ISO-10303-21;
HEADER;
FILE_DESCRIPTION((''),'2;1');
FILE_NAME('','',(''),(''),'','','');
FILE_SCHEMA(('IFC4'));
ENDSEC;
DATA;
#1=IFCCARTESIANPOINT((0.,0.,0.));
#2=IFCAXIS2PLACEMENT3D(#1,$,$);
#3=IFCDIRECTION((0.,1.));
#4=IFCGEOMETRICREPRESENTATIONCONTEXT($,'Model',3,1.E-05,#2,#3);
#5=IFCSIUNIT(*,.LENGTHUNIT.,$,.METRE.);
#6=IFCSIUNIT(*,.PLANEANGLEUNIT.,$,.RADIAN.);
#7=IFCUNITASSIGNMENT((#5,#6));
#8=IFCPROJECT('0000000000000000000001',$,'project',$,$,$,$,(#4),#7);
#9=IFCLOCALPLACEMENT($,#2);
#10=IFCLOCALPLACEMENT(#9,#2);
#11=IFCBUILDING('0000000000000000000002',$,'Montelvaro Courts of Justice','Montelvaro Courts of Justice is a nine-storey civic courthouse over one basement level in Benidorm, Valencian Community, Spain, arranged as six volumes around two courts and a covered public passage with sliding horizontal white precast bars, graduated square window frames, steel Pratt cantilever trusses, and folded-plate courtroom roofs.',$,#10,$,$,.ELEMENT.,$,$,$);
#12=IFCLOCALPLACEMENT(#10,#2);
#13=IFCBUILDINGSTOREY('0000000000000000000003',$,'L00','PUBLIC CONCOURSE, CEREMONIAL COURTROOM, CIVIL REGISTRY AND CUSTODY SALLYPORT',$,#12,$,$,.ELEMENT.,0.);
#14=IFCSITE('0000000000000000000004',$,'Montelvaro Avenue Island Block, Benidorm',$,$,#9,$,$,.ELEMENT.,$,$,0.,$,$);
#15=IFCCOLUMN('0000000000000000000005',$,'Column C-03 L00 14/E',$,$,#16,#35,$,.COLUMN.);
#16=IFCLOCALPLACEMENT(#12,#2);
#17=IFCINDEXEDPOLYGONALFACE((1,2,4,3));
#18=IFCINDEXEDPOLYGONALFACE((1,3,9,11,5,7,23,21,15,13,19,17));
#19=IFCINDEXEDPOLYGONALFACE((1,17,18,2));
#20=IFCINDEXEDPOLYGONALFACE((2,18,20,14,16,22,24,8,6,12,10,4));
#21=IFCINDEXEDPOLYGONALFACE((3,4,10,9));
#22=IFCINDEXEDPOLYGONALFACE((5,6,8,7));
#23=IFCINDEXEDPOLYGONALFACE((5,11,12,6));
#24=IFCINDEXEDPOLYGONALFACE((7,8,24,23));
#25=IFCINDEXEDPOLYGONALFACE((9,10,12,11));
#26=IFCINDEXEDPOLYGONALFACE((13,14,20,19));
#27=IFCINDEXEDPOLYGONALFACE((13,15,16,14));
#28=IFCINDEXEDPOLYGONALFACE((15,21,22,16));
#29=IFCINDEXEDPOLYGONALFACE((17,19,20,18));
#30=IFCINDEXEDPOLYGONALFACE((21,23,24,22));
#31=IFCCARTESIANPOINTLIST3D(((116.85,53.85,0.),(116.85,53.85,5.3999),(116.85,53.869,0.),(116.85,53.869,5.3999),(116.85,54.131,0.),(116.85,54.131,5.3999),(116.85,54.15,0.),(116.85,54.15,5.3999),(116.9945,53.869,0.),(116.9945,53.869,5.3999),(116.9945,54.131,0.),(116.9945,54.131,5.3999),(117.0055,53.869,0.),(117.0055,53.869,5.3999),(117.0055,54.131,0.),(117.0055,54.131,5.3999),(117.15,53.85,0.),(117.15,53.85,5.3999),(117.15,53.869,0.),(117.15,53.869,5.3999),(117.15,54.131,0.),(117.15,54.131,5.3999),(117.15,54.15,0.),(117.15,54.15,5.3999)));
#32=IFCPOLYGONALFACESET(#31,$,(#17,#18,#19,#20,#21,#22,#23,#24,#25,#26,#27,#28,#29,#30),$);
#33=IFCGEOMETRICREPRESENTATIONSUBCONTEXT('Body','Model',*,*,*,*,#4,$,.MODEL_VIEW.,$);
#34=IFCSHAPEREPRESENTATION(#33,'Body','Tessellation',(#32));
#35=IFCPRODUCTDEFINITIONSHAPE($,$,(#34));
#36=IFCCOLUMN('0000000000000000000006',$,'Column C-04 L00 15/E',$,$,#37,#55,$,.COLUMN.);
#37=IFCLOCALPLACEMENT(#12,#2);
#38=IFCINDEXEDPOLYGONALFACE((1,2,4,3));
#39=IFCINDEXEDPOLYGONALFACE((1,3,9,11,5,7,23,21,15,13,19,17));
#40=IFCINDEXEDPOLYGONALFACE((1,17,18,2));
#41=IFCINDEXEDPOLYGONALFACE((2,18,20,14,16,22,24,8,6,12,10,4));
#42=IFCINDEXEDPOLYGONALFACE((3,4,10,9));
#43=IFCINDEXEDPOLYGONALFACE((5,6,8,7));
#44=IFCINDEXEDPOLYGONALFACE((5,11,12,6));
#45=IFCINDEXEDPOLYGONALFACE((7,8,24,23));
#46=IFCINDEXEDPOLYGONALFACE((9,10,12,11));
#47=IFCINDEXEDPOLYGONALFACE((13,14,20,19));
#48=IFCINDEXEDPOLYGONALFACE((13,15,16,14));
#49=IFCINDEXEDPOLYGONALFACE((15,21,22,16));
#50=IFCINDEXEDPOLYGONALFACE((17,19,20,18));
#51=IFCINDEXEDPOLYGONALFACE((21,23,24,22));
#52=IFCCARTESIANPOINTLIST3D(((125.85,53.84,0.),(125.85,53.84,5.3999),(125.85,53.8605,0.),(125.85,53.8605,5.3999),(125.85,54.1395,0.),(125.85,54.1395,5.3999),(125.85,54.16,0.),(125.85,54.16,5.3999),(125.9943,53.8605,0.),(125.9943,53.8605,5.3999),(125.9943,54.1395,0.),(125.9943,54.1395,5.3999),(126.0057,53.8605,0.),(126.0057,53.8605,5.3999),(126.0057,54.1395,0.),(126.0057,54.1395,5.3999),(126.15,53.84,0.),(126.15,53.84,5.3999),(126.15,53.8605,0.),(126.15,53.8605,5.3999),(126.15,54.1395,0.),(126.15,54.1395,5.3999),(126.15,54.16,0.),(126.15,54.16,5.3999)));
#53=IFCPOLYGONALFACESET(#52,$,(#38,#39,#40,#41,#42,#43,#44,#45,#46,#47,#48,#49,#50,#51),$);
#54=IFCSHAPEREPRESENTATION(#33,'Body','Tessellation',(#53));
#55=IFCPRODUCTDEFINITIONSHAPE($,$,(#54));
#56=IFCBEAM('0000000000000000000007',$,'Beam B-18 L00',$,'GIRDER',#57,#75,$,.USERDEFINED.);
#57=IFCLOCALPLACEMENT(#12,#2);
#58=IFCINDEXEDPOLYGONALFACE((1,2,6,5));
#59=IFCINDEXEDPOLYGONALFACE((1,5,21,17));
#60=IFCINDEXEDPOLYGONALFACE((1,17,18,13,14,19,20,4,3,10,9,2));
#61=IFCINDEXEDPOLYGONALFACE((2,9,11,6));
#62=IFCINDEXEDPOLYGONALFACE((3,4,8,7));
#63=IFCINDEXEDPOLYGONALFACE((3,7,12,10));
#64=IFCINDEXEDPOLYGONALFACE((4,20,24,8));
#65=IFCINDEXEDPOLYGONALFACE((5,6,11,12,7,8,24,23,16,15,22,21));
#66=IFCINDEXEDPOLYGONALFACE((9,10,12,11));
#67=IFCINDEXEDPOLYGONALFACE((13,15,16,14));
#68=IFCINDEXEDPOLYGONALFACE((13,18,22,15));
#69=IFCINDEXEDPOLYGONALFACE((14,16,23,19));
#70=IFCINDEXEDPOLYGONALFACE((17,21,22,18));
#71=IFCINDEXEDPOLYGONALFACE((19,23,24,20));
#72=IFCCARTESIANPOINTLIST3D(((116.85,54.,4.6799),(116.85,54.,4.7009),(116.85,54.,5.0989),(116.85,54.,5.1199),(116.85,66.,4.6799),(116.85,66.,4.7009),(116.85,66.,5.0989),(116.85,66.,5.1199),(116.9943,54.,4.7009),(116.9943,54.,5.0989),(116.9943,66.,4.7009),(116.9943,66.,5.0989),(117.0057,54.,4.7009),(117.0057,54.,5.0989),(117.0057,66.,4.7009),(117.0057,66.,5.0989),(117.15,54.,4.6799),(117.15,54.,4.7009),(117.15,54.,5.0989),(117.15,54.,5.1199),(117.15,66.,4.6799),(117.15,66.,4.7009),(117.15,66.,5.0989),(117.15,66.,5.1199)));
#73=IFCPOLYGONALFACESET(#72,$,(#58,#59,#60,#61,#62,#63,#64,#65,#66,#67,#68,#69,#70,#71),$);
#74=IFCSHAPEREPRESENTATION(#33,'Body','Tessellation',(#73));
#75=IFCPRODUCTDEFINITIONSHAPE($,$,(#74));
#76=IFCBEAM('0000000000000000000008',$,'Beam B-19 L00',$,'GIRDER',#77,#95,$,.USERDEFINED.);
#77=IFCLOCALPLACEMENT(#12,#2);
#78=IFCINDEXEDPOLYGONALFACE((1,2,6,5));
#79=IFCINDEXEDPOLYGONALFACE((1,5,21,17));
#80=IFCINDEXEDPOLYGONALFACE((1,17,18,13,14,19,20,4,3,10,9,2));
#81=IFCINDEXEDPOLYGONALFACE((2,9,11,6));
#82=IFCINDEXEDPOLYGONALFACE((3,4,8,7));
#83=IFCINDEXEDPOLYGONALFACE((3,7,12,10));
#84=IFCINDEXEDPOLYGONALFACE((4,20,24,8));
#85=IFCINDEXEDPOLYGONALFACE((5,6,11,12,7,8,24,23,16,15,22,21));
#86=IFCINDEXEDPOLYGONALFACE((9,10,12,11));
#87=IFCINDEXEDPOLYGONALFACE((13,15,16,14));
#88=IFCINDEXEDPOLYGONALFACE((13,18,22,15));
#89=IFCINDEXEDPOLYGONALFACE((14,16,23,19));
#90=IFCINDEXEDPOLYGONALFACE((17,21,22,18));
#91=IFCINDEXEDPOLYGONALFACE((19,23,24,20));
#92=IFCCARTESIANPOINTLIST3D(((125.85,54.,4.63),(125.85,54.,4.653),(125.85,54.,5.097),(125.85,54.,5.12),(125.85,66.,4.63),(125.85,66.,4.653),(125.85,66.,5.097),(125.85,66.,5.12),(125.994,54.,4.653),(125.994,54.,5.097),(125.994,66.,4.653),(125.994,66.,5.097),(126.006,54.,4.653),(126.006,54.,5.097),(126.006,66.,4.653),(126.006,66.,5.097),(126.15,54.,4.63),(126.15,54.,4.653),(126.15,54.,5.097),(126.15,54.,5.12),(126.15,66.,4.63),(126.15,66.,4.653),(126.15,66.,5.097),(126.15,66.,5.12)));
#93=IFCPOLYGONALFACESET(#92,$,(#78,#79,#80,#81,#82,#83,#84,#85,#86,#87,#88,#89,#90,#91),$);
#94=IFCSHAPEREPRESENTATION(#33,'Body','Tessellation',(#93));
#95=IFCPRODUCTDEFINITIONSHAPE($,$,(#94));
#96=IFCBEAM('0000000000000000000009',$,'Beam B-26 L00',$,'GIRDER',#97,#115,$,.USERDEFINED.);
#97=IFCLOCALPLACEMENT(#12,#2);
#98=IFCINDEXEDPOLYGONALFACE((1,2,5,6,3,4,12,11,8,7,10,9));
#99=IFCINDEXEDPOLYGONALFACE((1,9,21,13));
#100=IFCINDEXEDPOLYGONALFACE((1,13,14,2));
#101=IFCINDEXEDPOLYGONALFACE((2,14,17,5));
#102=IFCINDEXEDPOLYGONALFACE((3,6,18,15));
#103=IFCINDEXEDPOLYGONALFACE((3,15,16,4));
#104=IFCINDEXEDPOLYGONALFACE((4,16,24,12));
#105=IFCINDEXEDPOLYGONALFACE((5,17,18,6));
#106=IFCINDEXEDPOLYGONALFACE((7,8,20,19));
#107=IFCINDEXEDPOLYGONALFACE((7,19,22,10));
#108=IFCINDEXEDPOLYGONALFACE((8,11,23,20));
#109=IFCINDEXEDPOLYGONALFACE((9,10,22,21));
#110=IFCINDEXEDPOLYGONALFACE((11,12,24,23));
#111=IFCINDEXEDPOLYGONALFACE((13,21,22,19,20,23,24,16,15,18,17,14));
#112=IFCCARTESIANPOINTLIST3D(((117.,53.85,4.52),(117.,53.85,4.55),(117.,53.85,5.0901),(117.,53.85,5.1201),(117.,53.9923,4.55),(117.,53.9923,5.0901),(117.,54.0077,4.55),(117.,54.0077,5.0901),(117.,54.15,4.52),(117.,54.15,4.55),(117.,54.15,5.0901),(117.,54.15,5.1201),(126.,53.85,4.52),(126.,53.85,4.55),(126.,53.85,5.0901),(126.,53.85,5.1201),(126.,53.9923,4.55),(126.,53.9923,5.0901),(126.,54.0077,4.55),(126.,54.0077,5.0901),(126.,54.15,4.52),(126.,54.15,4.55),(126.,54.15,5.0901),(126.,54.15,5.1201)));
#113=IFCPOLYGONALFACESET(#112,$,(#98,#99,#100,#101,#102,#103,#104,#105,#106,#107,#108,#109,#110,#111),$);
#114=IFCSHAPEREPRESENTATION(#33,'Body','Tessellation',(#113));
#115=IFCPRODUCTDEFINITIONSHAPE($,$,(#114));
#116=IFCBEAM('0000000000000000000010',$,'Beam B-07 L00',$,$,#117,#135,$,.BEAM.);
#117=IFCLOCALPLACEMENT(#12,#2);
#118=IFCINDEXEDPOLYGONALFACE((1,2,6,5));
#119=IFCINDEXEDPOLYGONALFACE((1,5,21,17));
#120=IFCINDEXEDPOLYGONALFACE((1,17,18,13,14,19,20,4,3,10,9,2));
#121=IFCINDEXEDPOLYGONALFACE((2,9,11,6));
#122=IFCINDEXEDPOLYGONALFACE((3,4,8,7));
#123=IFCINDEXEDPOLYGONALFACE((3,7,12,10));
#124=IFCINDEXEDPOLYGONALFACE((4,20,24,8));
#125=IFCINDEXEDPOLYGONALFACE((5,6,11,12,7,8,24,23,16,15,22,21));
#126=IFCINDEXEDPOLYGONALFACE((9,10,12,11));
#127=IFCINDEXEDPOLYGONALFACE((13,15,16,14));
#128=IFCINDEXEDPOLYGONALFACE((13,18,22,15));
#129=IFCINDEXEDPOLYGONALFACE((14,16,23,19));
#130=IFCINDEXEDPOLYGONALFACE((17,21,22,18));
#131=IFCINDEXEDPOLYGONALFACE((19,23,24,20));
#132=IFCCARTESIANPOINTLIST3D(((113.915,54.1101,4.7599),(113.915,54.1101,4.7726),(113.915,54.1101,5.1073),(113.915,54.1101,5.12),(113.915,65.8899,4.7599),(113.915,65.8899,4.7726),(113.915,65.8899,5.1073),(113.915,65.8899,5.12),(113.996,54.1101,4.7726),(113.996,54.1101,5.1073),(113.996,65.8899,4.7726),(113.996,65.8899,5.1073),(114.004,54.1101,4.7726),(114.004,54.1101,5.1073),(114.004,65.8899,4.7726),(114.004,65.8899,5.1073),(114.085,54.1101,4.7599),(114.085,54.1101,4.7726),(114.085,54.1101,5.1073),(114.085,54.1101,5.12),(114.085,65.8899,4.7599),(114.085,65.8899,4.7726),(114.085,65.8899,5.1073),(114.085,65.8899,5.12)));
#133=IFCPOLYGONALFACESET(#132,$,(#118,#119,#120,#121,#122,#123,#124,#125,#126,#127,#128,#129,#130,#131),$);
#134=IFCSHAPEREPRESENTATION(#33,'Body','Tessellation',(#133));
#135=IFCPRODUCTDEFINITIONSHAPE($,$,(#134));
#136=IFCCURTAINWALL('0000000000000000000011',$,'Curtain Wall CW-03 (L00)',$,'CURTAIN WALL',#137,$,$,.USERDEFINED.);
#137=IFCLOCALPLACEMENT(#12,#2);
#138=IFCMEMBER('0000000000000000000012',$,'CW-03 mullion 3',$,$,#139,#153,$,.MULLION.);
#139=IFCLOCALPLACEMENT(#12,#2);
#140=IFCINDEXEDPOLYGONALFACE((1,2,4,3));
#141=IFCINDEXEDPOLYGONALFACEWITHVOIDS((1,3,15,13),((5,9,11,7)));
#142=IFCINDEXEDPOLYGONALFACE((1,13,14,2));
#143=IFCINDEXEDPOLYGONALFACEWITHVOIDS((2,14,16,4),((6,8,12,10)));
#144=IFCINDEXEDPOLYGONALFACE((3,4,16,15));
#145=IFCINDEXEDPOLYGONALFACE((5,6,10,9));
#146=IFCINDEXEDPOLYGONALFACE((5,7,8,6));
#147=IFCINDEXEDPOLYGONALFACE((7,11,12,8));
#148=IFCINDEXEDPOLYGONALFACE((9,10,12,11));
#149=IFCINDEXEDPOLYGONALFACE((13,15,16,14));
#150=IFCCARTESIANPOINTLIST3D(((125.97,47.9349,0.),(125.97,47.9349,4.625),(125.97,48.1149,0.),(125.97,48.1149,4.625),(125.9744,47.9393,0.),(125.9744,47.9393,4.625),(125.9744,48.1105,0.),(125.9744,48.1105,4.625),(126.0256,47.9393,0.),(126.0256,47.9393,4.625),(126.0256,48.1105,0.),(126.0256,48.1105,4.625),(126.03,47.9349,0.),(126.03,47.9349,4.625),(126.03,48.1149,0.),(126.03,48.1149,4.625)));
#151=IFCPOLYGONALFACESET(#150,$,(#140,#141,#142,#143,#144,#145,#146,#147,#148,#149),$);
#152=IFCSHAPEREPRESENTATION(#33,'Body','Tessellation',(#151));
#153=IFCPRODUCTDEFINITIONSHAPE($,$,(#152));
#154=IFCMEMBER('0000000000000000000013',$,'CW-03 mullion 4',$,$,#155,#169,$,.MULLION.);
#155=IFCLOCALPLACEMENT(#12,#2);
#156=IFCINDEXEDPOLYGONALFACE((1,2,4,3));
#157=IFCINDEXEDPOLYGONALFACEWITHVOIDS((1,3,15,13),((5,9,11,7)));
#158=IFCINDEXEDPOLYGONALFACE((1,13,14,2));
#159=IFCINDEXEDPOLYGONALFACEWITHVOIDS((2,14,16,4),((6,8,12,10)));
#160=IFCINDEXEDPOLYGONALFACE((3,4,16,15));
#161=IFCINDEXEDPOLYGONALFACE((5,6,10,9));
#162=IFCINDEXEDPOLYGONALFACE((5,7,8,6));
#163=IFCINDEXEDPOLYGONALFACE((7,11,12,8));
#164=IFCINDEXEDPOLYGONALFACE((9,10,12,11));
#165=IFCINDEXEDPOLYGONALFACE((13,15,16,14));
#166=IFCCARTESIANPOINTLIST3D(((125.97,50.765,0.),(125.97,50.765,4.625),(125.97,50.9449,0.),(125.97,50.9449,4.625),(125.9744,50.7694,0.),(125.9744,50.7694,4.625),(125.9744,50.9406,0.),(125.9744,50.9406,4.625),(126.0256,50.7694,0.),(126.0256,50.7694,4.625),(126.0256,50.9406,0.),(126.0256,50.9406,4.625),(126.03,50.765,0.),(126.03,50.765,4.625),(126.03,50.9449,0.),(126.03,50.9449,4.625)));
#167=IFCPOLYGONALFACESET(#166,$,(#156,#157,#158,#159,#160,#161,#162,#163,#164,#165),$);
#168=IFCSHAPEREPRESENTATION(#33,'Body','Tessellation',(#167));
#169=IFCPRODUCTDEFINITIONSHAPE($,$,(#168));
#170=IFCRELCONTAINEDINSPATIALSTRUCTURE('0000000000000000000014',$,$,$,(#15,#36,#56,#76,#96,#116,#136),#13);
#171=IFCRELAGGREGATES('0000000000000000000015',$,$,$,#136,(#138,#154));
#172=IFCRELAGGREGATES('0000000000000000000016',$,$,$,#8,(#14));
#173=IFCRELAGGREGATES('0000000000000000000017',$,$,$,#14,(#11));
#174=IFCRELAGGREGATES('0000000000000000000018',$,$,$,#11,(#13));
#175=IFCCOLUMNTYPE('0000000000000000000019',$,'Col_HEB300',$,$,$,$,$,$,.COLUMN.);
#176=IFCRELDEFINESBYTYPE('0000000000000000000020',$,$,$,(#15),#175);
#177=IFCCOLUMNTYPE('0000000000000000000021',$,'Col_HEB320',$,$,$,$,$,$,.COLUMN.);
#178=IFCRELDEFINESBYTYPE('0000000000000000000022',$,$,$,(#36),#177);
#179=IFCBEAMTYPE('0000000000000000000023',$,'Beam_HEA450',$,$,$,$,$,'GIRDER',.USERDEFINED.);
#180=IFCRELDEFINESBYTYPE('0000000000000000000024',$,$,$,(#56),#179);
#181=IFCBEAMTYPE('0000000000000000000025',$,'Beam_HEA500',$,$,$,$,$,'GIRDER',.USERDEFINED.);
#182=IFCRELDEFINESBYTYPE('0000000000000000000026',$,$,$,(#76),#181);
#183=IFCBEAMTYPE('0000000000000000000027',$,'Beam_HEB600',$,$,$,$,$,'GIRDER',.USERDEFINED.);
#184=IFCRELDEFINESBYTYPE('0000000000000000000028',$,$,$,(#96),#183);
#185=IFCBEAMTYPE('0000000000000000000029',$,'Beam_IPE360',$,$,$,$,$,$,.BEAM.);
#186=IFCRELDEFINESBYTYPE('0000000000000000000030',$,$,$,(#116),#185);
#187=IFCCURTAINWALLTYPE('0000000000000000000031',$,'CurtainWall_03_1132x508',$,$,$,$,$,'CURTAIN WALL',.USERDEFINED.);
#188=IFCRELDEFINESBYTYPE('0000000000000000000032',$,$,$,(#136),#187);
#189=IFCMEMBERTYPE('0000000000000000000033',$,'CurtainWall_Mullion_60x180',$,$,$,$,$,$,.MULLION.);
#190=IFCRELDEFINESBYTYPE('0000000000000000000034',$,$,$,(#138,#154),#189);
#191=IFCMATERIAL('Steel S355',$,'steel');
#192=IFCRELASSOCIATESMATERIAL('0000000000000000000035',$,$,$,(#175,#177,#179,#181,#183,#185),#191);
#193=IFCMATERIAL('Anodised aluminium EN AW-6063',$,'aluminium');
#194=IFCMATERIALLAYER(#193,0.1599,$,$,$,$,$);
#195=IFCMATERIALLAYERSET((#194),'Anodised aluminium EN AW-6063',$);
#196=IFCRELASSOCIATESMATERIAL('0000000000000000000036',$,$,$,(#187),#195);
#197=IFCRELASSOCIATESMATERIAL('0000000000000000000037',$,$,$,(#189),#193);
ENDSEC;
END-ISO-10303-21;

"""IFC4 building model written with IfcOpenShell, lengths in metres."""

from ifc_helpers import new_model, si_unit, direction, frame, origin, origin_2d, place, context, subcontext, project, spatial, hollow_rectangle, i_section, extrude, material, layer, layer_set, material_profile, profile_set, type_object, element, aggregate, save


model = new_model("IFC4")

# Units and contexts
model_context = context("Model", 3, precision=1e-05, world=origin(), true_north=direction((0.0, 1.0)))
body_context = subcontext(model_context, "Body", "Model", "MODEL_VIEW")
ifc_project = project(units=[si_unit("LENGTHUNIT", "METRE"), si_unit("PLANEANGLEUNIT", "RADIAN")], contexts=[model_context])

# Site, building, storey
site_placement = place(None, origin())
site = spatial("IfcSite", under=ifc_project, at=site_placement, Name="Montelvaro Avenue Island Block, Benidorm", CompositionType="ELEMENT", RefElevation=0.0)
building_placement = place(site_placement, origin())
building = spatial("IfcBuilding", under=site, at=building_placement, Name="Montelvaro Courts of Justice", Description="Montelvaro Courts of Justice is a nine-storey civic courthouse over one basement level in Benidorm, Valencian Community, Spain, arranged as six volumes around two courts and a covered public passage with sliding horizontal white precast bars, graduated square window frames, steel Pratt cantilever trusses, and folded-plate courtroom roofs.", CompositionType="ELEMENT")
storey_placement = place(building_placement, origin())
storey = spatial("IfcBuildingStorey", under=building, at=storey_placement, Name="L00", Description="PUBLIC CONCOURSE, CEREMONIAL COURTROOM, CIVIL REGISTRY AND CUSTODY SALLYPORT", CompositionType="ELEMENT", Elevation=0.0)

# Columns
ifc_material_1 = material(Name="Steel S355", Category="steel")
ifc_material_profile_1 = material_profile(ifc_material_1, i_section(OverallWidth=0.3, OverallDepth=0.3, WebThickness=0.011, FlangeThickness=0.019, at=origin_2d()), Name="HEB 300")
ifc_profile_set_1 = profile_set([ifc_material_profile_1], Name="Steel S355")
column_type_1 = type_object("IfcColumnType", Name="Col_HEB300", PredefinedType="COLUMN", material=ifc_profile_set_1)
column_1_placement = place(storey_placement, frame((117.0, 54.0, 0.0), z_axis=(0.0, 0.0, 1.0), x_axis=(1.0, 0.0, 0.0)))
element("IfcColumn", 1, at=column_1_placement, inside=storey, type_object=column_type_1, Name="Column C-03 L00 14/E", PredefinedType="COLUMN", context=body_context, shape_type="SweptSolid", body=[
    extrude(i_section(OverallWidth=0.3, OverallDepth=0.3, WebThickness=0.011, FlangeThickness=0.019, at=origin_2d()), origin(), (0.0, 0.0, 1.0), 5.3999),
])
ifc_material_profile_2 = material_profile(ifc_material_1, i_section(OverallWidth=0.3, OverallDepth=0.3201, WebThickness=0.0115, FlangeThickness=0.0205, at=origin_2d()), Name="HEB 320")
ifc_profile_set_2 = profile_set([ifc_material_profile_2], Name="Steel S355")
column_type_2 = type_object("IfcColumnType", Name="Col_HEB320", PredefinedType="COLUMN", material=ifc_profile_set_2)
column_2_placement = place(storey_placement, frame((126.0, 54.0, 0.0), z_axis=(0.0, 0.0, 1.0), x_axis=(1.0, 0.0, 0.0)))
element("IfcColumn", 2, at=column_2_placement, inside=storey, type_object=column_type_2, Name="Column C-04 L00 15/E", PredefinedType="COLUMN", context=body_context, shape_type="SweptSolid", body=[
    extrude(i_section(OverallWidth=0.3, OverallDepth=0.3201, WebThickness=0.0115, FlangeThickness=0.0205, at=origin_2d()), origin(), (0.0, 0.0, 1.0), 5.3999),
])

# Beams
ifc_material_profile_3 = material_profile(ifc_material_1, i_section(OverallWidth=0.3, OverallDepth=0.4399, WebThickness=0.0115, FlangeThickness=0.021, at=origin_2d()), Name="HEA 450")
ifc_profile_set_3 = profile_set([ifc_material_profile_3], Name="Steel S355")
beam_type_1 = type_object("IfcBeamType", Name="Beam_HEA450", ElementType="GIRDER", PredefinedType="USERDEFINED", material=ifc_profile_set_3)
beam_1_placement = place(storey_placement, frame((117.0, 54.0, 4.8999), z_axis=(0.0, 1.0, 0.0), x_axis=(-1.0, 0.0, 0.0)))
element("IfcBeam", 3, at=beam_1_placement, inside=storey, type_object=beam_type_1, Name="Beam B-18 L00", ObjectType="GIRDER", PredefinedType="USERDEFINED", context=body_context, shape_type="SweptSolid", body=[
    extrude(i_section(OverallWidth=0.3, OverallDepth=0.4399, WebThickness=0.0115, FlangeThickness=0.021, at=origin_2d()), origin(), (0.0, 0.0, 1.0), 12.0),
])
ifc_material_profile_4 = material_profile(ifc_material_1, i_section(OverallWidth=0.3, OverallDepth=0.49, WebThickness=0.012, FlangeThickness=0.0229, at=origin_2d()), Name="HEA 500")
ifc_profile_set_4 = profile_set([ifc_material_profile_4], Name="Steel S355")
beam_type_2 = type_object("IfcBeamType", Name="Beam_HEA500", ElementType="GIRDER", PredefinedType="USERDEFINED", material=ifc_profile_set_4)
beam_2_placement = place(storey_placement, frame((126.0, 54.0, 4.875), z_axis=(0.0, 1.0, 0.0), x_axis=(-1.0, 0.0, 0.0)))
element("IfcBeam", 4, at=beam_2_placement, inside=storey, type_object=beam_type_2, Name="Beam B-19 L00", ObjectType="GIRDER", PredefinedType="USERDEFINED", context=body_context, shape_type="SweptSolid", body=[
    extrude(i_section(OverallWidth=0.3, OverallDepth=0.49, WebThickness=0.012, FlangeThickness=0.0229, at=origin_2d()), origin(), (0.0, 0.0, 1.0), 12.0),
])
ifc_material_profile_5 = material_profile(ifc_material_1, i_section(OverallWidth=0.3, OverallDepth=0.6001, WebThickness=0.0154, FlangeThickness=0.03, at=origin_2d()), Name="HEB 600")
ifc_profile_set_5 = profile_set([ifc_material_profile_5], Name="Steel S355")
beam_type_3 = type_object("IfcBeamType", Name="Beam_HEB600", ElementType="GIRDER", PredefinedType="USERDEFINED", material=ifc_profile_set_5)
beam_3_placement = place(storey_placement, frame((117.0, 54.0, 4.8201), z_axis=(1.0, 0.0, 0.0), x_axis=(0.0, 1.0, 0.0)))
element("IfcBeam", 5, at=beam_3_placement, inside=storey, type_object=beam_type_3, Name="Beam B-26 L00", ObjectType="GIRDER", PredefinedType="USERDEFINED", context=body_context, shape_type="SweptSolid", body=[
    extrude(i_section(OverallWidth=0.3, OverallDepth=0.6001, WebThickness=0.0154, FlangeThickness=0.03, at=origin_2d()), origin(), (0.0, 0.0, 1.0), 9.0),
])
ifc_material_profile_6 = material_profile(ifc_material_1, i_section(OverallWidth=0.1699, OverallDepth=0.3601, WebThickness=0.0081, FlangeThickness=0.0127, at=origin_2d()), Name="IPE 360")
ifc_profile_set_6 = profile_set([ifc_material_profile_6], Name="Steel S355")
beam_type_4 = type_object("IfcBeamType", Name="Beam_IPE360", PredefinedType="BEAM", material=ifc_profile_set_6)
beam_4_placement = place(storey_placement, frame((114.0, 54.1101, 4.9399), z_axis=(0.0, 1.0, 0.0), x_axis=(-1.0, 0.0, 0.0)))
element("IfcBeam", 6, at=beam_4_placement, inside=storey, type_object=beam_type_4, Name="Beam B-07 L00", PredefinedType="BEAM", context=body_context, shape_type="SweptSolid", body=[
    extrude(i_section(OverallWidth=0.1699, OverallDepth=0.3601, WebThickness=0.0081, FlangeThickness=0.0127, at=origin_2d()), origin(), (0.0, 0.0, 1.0), 11.7798),
])

# Curtain wall, members
ifc_material_2 = material(Name="Anodised aluminium EN AW-6063", Category="aluminium")
ifc_layer_1 = layer(ifc_material_2, 0.1599)
ifc_layer_set_1 = layer_set([ifc_layer_1], Name="Anodised aluminium EN AW-6063")
curtain_wall_type = type_object("IfcCurtainWallType", Name="CurtainWall_03_1132x508", ElementType="CURTAIN WALL", PredefinedType="USERDEFINED", material=ifc_layer_set_1)
curtain_wall_placement = place(storey_placement, origin())
curtain_wall = element("IfcCurtainWall", 7, at=curtain_wall_placement, inside=storey, type_object=curtain_wall_type, Name="Curtain Wall CW-03 (L00)", ObjectType="CURTAIN WALL", PredefinedType="USERDEFINED")
ifc_material_profile_7 = material_profile(ifc_material_2, hollow_rectangle(XDim=0.0601, YDim=0.1799, WallThickness=0.0044, at=origin_2d()), Name="ALU-M 60x180")
ifc_profile_set_7 = profile_set([ifc_material_profile_7], Name="Anodised aluminium EN AW-6063")
member_type_1 = type_object("IfcMemberType", Name="CurtainWall_Mullion_60x180", PredefinedType="MULLION", material=ifc_profile_set_7)
member_1_placement = place(storey_placement, frame((126.0, 48.0249, 0.0), z_axis=(0.0, 0.0, 1.0), x_axis=(-1.0, 0.0, 0.0)))
member_1 = element("IfcMember", 8, at=member_1_placement, type_object=member_type_1, Name="CW-03 mullion 3", PredefinedType="MULLION", context=body_context, shape_type="SweptSolid", body=[
    extrude(hollow_rectangle(XDim=0.0601, YDim=0.1799, WallThickness=0.0044, at=origin_2d()), origin(), (0.0, 0.0, 1.0), 4.625),
])
member_2_placement = place(storey_placement, frame((126.0, 50.855, 0.0), z_axis=(0.0, 0.0, 1.0), x_axis=(-1.0, 0.0, 0.0)))
member_2 = element("IfcMember", 9, at=member_2_placement, type_object=member_type_1, Name="CW-03 mullion 4", PredefinedType="MULLION", context=body_context, shape_type="SweptSolid", body=[
    extrude(hollow_rectangle(XDim=0.0601, YDim=0.1799, WallThickness=0.0044, at=origin_2d()), origin(), (0.0, 0.0, 1.0), 4.625),
])

aggregate(curtain_wall, [member_1, member_2])

save(model, "model.ifc")
